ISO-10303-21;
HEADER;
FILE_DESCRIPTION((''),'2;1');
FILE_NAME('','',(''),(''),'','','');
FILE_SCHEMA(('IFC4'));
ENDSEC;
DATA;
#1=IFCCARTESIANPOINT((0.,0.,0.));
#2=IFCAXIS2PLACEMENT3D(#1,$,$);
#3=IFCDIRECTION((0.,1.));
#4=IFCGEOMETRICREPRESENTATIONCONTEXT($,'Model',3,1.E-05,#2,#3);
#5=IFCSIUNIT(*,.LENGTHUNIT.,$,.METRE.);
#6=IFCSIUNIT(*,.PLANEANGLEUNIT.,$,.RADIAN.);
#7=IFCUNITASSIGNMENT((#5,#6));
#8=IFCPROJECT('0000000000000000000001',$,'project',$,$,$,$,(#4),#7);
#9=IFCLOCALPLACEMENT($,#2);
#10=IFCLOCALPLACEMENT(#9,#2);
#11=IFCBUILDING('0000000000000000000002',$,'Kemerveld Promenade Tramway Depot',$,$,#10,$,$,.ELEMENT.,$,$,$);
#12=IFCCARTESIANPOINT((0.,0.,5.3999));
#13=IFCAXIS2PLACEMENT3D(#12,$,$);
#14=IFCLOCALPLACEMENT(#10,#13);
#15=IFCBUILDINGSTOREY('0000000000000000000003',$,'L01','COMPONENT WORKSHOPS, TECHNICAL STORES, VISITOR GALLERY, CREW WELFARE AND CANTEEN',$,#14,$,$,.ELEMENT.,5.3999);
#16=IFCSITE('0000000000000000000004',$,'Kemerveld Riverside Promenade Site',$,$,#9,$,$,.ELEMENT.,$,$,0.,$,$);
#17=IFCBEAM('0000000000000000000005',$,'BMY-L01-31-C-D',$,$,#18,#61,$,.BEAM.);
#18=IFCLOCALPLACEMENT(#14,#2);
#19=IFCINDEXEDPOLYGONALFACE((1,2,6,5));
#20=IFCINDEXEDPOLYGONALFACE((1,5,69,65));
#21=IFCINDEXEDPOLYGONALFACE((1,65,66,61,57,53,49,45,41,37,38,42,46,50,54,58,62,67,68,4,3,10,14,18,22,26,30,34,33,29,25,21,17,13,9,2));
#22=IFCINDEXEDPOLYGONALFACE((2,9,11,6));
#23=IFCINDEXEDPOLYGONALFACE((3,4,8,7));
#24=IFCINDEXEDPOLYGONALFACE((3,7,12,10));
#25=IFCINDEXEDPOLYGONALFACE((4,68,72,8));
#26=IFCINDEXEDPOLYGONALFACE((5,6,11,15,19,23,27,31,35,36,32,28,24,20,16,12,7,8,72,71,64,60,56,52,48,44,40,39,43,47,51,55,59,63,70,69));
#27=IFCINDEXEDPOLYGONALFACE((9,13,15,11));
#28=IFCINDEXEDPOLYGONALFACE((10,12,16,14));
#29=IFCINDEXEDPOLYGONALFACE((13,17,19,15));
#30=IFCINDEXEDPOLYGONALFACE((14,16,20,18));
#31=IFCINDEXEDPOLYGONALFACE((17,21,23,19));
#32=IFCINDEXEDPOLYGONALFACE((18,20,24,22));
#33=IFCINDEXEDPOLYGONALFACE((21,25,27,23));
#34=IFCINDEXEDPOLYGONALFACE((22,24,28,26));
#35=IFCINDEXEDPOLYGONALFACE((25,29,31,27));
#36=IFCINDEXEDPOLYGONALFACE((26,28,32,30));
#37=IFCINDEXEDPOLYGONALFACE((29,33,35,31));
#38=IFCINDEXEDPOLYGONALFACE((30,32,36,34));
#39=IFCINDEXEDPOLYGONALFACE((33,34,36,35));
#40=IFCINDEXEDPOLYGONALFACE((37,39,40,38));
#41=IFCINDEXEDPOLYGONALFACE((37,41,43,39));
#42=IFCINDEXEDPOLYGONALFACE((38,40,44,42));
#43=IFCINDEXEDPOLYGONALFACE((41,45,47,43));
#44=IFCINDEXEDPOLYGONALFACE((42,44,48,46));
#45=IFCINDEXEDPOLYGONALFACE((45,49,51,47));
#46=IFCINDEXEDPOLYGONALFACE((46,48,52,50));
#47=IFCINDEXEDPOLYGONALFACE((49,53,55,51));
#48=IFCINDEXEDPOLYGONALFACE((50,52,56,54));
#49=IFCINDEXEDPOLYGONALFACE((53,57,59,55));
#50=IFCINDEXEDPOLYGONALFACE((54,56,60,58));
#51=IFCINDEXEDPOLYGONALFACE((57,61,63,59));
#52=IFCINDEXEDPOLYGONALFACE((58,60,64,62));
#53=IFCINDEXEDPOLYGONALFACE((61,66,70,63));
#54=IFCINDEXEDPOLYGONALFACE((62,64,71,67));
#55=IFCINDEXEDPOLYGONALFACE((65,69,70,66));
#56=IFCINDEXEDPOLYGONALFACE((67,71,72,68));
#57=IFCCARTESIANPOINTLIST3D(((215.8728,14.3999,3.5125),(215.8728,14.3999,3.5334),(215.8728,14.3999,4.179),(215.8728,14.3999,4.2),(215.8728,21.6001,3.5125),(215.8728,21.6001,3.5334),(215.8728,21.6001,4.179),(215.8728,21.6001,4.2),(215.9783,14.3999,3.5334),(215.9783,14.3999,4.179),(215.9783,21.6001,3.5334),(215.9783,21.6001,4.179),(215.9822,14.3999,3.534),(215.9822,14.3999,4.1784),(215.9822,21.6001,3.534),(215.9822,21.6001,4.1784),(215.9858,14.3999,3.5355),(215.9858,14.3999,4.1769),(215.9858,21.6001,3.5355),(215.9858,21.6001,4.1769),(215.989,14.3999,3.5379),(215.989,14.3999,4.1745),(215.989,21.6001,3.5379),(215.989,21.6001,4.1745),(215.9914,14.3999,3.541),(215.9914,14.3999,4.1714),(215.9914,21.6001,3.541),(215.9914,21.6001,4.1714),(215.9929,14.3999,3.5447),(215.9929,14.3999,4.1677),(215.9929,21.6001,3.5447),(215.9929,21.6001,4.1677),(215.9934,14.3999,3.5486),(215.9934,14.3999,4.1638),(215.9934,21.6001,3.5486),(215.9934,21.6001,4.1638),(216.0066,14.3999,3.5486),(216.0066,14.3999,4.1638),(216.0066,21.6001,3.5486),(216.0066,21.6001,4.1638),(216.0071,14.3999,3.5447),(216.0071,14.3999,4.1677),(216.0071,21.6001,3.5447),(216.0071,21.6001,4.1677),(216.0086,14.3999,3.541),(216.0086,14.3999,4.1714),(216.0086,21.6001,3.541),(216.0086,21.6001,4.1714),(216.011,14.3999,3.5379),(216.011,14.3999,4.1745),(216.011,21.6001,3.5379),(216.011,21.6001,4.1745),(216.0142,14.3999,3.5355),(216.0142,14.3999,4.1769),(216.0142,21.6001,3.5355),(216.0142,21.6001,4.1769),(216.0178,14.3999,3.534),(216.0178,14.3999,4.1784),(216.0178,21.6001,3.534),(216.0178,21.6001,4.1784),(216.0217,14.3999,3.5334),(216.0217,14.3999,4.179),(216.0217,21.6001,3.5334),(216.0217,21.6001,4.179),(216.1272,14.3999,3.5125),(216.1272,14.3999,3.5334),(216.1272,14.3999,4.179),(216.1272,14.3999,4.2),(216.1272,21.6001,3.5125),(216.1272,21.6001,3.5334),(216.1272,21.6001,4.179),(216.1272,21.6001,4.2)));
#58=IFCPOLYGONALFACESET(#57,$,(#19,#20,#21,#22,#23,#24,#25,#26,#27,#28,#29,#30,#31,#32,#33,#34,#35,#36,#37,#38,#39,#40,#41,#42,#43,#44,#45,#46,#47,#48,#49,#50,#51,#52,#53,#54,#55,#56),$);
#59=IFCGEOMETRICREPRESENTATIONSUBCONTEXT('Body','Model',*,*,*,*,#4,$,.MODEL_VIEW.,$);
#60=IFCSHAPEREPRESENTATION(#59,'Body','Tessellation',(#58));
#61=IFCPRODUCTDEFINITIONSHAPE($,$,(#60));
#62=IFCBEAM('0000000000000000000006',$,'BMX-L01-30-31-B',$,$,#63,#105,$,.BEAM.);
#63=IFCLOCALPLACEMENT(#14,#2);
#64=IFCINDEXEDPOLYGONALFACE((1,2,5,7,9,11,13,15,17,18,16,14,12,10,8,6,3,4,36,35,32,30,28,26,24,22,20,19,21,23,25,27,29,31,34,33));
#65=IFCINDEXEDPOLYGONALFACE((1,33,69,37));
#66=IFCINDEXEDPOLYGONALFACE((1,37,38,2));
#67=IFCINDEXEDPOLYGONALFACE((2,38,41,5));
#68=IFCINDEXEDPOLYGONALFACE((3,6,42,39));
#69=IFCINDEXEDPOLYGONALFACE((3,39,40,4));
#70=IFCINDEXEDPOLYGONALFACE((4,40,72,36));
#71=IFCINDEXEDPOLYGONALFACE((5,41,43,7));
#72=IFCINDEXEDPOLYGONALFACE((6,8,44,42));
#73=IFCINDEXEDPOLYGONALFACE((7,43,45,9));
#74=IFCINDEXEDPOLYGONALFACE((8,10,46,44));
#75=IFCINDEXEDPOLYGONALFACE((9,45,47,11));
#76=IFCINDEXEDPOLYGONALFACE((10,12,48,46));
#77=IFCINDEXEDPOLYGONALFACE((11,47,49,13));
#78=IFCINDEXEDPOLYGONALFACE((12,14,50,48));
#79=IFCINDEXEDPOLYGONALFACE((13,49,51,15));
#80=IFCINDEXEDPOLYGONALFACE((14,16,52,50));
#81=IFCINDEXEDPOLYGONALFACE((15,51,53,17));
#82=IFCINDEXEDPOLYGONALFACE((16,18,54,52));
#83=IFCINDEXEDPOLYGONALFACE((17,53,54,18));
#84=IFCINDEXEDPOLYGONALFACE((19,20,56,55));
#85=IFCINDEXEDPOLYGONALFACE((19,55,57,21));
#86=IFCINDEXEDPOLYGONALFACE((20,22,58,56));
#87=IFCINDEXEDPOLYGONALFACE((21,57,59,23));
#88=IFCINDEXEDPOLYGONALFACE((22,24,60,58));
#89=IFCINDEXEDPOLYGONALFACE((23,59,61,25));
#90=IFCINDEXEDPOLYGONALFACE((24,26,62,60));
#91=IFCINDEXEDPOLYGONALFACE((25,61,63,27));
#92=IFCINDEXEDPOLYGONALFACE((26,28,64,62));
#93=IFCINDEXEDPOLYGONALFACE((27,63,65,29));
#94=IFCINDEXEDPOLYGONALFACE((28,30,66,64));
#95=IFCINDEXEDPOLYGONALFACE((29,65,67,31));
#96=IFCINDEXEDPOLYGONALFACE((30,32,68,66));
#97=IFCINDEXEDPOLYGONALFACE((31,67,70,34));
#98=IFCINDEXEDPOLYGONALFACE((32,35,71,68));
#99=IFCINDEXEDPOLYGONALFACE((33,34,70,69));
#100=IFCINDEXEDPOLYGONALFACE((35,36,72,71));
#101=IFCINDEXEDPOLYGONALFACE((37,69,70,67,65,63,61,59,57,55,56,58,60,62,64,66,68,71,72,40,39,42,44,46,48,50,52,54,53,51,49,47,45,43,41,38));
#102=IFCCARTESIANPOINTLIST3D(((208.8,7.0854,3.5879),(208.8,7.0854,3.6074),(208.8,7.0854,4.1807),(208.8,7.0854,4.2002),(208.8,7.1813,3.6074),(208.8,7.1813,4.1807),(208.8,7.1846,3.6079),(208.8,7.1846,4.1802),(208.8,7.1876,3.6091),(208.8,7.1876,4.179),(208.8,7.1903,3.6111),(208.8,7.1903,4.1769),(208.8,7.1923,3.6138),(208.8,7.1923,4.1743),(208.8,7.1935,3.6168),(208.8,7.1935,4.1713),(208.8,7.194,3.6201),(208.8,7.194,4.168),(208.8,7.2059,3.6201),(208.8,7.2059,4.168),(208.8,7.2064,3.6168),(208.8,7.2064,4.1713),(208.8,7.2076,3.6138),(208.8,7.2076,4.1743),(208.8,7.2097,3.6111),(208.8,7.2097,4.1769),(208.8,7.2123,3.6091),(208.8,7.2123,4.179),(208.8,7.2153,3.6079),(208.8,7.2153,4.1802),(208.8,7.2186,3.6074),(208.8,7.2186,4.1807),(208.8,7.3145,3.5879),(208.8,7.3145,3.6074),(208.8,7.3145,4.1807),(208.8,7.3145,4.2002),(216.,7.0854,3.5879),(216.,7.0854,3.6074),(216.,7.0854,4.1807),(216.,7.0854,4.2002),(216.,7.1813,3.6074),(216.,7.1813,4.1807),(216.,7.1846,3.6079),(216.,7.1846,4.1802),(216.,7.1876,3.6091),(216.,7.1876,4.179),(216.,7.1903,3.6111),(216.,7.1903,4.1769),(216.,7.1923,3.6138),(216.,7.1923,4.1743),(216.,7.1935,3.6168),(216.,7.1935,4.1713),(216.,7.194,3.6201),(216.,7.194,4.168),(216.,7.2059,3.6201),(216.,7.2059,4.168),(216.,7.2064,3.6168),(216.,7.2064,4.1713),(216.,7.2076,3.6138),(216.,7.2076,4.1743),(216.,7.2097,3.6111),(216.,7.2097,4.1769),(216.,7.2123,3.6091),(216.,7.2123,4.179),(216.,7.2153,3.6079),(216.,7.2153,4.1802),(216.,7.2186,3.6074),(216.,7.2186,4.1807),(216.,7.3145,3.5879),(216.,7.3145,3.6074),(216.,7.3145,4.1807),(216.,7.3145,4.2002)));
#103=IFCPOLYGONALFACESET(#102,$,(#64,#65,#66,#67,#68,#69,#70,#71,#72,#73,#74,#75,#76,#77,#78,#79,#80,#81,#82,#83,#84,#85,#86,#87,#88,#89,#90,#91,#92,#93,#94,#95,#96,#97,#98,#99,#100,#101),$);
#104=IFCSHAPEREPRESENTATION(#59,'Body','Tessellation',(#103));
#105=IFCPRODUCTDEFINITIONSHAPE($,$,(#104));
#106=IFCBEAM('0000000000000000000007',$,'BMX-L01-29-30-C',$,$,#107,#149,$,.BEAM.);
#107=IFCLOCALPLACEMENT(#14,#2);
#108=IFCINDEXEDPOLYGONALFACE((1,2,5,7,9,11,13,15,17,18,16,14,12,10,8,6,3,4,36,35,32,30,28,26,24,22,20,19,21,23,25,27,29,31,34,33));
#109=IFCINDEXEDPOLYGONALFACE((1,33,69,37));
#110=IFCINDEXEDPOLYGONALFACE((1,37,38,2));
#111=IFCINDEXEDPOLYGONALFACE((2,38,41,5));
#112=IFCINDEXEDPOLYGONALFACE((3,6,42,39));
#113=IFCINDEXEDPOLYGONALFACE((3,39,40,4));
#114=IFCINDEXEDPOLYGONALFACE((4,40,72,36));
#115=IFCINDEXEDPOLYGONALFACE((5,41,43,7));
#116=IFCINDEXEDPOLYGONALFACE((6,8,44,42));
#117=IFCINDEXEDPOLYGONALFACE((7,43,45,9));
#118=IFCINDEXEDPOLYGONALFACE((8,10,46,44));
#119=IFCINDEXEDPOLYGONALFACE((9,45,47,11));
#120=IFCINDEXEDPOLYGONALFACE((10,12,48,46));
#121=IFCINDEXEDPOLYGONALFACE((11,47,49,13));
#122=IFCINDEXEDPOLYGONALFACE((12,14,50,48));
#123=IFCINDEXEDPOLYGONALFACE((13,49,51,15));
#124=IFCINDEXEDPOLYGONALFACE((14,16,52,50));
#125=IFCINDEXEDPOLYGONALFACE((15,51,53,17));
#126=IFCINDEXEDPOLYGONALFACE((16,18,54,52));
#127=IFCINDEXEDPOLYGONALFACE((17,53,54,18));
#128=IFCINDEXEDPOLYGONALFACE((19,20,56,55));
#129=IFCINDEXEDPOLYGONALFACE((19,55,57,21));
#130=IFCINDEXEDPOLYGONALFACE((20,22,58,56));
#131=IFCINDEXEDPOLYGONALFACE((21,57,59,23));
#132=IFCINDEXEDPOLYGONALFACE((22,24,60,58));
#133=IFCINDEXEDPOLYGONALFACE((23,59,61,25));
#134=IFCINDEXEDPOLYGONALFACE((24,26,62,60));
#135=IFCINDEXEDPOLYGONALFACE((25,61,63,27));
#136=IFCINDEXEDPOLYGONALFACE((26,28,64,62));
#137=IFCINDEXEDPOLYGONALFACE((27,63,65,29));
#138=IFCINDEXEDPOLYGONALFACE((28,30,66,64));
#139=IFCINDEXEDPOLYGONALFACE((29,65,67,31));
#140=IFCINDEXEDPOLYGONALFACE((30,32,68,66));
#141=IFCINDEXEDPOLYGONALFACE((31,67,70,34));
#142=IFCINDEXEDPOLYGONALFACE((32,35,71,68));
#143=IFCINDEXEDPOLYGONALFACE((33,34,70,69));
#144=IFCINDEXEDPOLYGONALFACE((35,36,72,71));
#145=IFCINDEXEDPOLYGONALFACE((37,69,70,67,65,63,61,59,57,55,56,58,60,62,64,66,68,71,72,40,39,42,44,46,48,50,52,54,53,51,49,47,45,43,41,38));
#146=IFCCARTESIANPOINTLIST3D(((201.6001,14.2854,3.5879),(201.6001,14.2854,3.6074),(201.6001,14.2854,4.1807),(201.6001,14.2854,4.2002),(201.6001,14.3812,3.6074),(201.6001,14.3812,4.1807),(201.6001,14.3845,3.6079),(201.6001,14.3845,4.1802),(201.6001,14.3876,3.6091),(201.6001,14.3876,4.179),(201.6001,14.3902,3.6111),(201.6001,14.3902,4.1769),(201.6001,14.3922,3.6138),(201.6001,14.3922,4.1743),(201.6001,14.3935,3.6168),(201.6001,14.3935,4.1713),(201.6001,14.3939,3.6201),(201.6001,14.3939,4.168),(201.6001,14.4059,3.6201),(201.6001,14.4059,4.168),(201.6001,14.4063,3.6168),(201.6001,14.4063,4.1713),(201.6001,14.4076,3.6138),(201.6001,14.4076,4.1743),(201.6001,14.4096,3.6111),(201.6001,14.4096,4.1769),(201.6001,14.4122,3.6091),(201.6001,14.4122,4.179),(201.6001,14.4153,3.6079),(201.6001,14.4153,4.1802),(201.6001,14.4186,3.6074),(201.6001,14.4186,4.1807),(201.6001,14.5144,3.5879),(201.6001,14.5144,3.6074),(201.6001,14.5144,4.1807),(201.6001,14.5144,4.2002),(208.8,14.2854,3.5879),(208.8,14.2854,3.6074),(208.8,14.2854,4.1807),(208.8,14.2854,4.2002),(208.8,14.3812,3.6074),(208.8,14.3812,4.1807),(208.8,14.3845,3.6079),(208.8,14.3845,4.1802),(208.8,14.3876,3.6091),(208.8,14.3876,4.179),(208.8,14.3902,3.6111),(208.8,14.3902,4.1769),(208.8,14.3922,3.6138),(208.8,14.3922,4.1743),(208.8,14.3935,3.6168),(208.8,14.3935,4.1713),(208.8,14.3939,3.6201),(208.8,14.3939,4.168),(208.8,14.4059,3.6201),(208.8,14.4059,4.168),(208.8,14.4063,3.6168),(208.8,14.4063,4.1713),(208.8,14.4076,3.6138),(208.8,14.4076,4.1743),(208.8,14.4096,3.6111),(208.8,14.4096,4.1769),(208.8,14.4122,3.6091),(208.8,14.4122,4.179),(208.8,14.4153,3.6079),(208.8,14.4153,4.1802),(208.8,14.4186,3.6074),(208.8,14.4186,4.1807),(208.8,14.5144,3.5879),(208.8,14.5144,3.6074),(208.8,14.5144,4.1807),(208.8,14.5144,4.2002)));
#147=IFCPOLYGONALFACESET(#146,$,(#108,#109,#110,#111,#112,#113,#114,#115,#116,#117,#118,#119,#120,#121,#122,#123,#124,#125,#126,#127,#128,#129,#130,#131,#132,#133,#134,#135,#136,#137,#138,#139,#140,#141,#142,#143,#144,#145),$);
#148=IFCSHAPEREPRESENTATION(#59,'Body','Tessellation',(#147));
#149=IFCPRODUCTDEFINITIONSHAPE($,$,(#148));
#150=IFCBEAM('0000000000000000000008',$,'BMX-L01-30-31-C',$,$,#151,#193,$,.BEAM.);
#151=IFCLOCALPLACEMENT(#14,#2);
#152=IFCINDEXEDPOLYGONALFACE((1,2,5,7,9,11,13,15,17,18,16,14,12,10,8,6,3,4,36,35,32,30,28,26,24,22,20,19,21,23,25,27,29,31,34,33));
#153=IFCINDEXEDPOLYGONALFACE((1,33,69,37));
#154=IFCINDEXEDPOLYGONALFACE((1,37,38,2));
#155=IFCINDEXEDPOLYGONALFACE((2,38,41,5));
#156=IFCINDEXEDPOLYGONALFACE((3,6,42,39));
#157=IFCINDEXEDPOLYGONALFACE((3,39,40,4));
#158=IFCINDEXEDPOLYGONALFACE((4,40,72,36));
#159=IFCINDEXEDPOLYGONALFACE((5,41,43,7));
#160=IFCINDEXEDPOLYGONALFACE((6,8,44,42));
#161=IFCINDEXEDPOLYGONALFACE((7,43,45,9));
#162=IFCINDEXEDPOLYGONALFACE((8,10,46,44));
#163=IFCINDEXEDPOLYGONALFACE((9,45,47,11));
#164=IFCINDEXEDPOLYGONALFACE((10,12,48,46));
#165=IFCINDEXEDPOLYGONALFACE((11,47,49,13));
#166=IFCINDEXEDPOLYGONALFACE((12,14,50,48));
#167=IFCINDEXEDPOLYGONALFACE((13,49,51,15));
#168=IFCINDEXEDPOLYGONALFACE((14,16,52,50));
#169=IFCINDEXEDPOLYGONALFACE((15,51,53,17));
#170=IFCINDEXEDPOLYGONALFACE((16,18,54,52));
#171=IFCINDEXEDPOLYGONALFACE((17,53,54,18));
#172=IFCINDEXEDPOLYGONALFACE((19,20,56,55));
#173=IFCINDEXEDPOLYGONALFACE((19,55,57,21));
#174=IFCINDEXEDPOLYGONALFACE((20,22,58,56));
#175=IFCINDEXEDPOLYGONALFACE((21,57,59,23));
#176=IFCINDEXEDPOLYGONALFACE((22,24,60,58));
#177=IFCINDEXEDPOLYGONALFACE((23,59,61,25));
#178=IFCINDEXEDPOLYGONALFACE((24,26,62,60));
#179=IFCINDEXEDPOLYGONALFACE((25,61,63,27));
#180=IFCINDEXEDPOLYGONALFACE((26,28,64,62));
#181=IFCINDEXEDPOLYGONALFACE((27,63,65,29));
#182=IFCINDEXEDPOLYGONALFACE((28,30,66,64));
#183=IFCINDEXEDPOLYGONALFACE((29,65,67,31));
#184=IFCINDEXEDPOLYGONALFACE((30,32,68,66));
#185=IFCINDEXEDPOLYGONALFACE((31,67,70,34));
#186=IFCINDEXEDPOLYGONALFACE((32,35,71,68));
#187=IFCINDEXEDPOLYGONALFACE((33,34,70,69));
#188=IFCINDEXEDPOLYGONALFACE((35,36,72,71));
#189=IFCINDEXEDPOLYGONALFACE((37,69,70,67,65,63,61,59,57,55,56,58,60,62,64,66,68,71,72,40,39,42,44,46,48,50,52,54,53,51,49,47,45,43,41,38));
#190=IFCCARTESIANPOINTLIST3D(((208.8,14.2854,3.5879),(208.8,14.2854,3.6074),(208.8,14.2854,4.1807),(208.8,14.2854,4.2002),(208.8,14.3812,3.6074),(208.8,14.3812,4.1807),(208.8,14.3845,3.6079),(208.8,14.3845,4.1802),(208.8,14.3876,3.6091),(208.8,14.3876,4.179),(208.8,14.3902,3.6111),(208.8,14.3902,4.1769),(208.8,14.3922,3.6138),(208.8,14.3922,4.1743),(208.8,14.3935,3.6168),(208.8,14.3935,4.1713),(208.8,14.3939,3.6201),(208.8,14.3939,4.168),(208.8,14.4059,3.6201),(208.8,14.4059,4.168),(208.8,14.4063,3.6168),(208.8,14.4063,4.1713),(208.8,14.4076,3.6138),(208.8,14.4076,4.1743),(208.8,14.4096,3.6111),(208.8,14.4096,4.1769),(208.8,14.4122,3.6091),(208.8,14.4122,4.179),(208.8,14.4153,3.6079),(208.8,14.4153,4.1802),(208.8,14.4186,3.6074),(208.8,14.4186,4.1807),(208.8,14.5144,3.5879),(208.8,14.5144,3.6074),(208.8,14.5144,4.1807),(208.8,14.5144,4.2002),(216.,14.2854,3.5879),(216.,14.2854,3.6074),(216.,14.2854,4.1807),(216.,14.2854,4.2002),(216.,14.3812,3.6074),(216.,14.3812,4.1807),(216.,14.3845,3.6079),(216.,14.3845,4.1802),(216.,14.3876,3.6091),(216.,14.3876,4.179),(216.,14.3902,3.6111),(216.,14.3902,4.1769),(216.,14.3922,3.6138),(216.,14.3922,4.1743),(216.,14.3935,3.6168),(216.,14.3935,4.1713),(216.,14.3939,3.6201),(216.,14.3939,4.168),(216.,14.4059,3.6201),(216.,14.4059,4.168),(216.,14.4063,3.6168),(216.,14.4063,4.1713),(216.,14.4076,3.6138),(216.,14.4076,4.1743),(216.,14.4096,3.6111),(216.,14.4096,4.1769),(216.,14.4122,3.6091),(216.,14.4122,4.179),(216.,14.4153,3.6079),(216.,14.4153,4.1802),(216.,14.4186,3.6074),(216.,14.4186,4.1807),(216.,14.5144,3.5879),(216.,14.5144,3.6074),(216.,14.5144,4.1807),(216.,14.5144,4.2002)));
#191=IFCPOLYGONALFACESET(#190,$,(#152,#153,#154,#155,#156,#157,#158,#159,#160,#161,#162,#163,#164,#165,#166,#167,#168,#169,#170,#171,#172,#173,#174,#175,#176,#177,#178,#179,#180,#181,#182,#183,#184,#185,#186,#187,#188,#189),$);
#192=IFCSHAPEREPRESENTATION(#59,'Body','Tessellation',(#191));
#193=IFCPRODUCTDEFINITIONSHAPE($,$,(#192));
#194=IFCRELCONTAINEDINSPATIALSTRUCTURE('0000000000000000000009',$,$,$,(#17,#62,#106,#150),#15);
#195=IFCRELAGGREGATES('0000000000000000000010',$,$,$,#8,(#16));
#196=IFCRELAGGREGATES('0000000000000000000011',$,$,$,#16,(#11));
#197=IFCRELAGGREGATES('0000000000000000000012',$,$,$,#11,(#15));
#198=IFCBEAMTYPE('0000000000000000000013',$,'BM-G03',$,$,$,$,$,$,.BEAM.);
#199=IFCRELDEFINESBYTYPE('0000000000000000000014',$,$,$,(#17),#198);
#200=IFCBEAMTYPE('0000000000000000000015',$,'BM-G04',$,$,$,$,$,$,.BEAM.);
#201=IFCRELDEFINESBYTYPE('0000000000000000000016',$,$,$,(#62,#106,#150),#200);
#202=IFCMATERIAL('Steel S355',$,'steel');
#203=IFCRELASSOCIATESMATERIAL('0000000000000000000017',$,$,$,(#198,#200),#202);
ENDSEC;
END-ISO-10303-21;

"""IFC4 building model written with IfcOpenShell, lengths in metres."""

from ifc_helpers import new_model, si_unit, direction, frame, origin, origin_2d, place, context, subcontext, project, spatial, i_section, extrude, material, material_profile, profile_set, type_object, element, save


model = new_model("IFC4")

# Units and contexts
model_context = context("Model", 3, precision=1e-05, world=origin(), true_north=direction((0.0, 1.0)))
body_context = subcontext(model_context, "Body", "Model", "MODEL_VIEW")
ifc_project = project(units=[si_unit("LENGTHUNIT", "METRE"), si_unit("PLANEANGLEUNIT", "RADIAN")], contexts=[model_context])

# Site, building, storey
site_placement = place(None, origin())
site = spatial("IfcSite", under=ifc_project, at=site_placement, Name="Kemerveld Riverside Promenade Site", CompositionType="ELEMENT", RefElevation=0.0)
building_placement = place(site_placement, origin())
building = spatial("IfcBuilding", under=site, at=building_placement, Name="Kemerveld Promenade Tramway Depot", CompositionType="ELEMENT")
storey_placement = place(building_placement, frame((0.0, 0.0, 5.3999)))
storey = spatial("IfcBuildingStorey", under=building, at=storey_placement, Name="L01", Description="COMPONENT WORKSHOPS, TECHNICAL STORES, VISITOR GALLERY, CREW WELFARE AND CANTEEN", CompositionType="ELEMENT", Elevation=5.3999)

# Shared definitions
ifc_material_1 = material(Name="Steel S355", Category="steel")

# Beams
ifc_material_profile_1 = material_profile(ifc_material_1, i_section(OverallWidth=0.2544, OverallDepth=0.6875, WebThickness=0.0132, FlangeThickness=0.021, FilletRadius=0.0151, at=origin_2d()), Name="686x254x152 UB")
ifc_profile_set_1 = profile_set([ifc_material_profile_1], Name="Steel S355")
beam_type_1 = type_object("IfcBeamType", Name="BM-G03", PredefinedType="BEAM", material=ifc_profile_set_1)
beam_1_placement = place(storey_placement, frame((216.0, 14.3999, 3.8562), z_axis=(0.0, 1.0, 0.0), x_axis=(-1.0, 0.0, 0.0)))
element("IfcBeam", 1, at=beam_1_placement, inside=storey, type_object=beam_type_1, Name="BMY-L01-31-C-D", PredefinedType="BEAM", context=body_context, shape_type="SweptSolid", body=[
    extrude(i_section(OverallWidth=0.2544, OverallDepth=0.6875, WebThickness=0.0132, FlangeThickness=0.021, FilletRadius=0.0151, at=origin_2d()), origin(), (0.0, 0.0, 1.0), 7.2002),
])
ifc_material_profile_2 = material_profile(ifc_material_1, i_section(OverallWidth=0.229, OverallDepth=0.6123, WebThickness=0.012, FlangeThickness=0.0195, FilletRadius=0.0127, at=origin_2d()), Name="610x229x125 UB")
ifc_profile_set_2 = profile_set([ifc_material_profile_2], Name="Steel S355")
beam_type_2 = type_object("IfcBeamType", Name="BM-G04", PredefinedType="BEAM", material=ifc_profile_set_2)
for number, where, z_axis, x_axis, name in (
    (2, (208.8, 7.2, 3.894), (1.0, 0.0, 0.0), (0.0, 1.0, 0.0), "BMX-L01-30-31-B"),
    (3, (201.6001, 14.3999, 3.894), (1.0, 0.0, 0.0), (0.0, 1.0, 0.0), "BMX-L01-29-30-C"),
    (4, (208.8, 14.3999, 3.894), (1.0, 0.0, 0.0), (0.0, 1.0, 0.0), "BMX-L01-30-31-C"),
):
    element("IfcBeam", number, at=place(storey_placement, frame(where, z_axis=z_axis, x_axis=x_axis)), inside=storey, type_object=beam_type_2, Name=name, PredefinedType="BEAM", context=body_context, shape_type="SweptSolid", body=[
        extrude(i_section(OverallWidth=0.229, OverallDepth=0.6123, WebThickness=0.012, FlangeThickness=0.0195, FilletRadius=0.0127, at=origin_2d()), origin(), (0.0, 0.0, 1.0), 7.2),
    ])

save(model, "model.ifc")
